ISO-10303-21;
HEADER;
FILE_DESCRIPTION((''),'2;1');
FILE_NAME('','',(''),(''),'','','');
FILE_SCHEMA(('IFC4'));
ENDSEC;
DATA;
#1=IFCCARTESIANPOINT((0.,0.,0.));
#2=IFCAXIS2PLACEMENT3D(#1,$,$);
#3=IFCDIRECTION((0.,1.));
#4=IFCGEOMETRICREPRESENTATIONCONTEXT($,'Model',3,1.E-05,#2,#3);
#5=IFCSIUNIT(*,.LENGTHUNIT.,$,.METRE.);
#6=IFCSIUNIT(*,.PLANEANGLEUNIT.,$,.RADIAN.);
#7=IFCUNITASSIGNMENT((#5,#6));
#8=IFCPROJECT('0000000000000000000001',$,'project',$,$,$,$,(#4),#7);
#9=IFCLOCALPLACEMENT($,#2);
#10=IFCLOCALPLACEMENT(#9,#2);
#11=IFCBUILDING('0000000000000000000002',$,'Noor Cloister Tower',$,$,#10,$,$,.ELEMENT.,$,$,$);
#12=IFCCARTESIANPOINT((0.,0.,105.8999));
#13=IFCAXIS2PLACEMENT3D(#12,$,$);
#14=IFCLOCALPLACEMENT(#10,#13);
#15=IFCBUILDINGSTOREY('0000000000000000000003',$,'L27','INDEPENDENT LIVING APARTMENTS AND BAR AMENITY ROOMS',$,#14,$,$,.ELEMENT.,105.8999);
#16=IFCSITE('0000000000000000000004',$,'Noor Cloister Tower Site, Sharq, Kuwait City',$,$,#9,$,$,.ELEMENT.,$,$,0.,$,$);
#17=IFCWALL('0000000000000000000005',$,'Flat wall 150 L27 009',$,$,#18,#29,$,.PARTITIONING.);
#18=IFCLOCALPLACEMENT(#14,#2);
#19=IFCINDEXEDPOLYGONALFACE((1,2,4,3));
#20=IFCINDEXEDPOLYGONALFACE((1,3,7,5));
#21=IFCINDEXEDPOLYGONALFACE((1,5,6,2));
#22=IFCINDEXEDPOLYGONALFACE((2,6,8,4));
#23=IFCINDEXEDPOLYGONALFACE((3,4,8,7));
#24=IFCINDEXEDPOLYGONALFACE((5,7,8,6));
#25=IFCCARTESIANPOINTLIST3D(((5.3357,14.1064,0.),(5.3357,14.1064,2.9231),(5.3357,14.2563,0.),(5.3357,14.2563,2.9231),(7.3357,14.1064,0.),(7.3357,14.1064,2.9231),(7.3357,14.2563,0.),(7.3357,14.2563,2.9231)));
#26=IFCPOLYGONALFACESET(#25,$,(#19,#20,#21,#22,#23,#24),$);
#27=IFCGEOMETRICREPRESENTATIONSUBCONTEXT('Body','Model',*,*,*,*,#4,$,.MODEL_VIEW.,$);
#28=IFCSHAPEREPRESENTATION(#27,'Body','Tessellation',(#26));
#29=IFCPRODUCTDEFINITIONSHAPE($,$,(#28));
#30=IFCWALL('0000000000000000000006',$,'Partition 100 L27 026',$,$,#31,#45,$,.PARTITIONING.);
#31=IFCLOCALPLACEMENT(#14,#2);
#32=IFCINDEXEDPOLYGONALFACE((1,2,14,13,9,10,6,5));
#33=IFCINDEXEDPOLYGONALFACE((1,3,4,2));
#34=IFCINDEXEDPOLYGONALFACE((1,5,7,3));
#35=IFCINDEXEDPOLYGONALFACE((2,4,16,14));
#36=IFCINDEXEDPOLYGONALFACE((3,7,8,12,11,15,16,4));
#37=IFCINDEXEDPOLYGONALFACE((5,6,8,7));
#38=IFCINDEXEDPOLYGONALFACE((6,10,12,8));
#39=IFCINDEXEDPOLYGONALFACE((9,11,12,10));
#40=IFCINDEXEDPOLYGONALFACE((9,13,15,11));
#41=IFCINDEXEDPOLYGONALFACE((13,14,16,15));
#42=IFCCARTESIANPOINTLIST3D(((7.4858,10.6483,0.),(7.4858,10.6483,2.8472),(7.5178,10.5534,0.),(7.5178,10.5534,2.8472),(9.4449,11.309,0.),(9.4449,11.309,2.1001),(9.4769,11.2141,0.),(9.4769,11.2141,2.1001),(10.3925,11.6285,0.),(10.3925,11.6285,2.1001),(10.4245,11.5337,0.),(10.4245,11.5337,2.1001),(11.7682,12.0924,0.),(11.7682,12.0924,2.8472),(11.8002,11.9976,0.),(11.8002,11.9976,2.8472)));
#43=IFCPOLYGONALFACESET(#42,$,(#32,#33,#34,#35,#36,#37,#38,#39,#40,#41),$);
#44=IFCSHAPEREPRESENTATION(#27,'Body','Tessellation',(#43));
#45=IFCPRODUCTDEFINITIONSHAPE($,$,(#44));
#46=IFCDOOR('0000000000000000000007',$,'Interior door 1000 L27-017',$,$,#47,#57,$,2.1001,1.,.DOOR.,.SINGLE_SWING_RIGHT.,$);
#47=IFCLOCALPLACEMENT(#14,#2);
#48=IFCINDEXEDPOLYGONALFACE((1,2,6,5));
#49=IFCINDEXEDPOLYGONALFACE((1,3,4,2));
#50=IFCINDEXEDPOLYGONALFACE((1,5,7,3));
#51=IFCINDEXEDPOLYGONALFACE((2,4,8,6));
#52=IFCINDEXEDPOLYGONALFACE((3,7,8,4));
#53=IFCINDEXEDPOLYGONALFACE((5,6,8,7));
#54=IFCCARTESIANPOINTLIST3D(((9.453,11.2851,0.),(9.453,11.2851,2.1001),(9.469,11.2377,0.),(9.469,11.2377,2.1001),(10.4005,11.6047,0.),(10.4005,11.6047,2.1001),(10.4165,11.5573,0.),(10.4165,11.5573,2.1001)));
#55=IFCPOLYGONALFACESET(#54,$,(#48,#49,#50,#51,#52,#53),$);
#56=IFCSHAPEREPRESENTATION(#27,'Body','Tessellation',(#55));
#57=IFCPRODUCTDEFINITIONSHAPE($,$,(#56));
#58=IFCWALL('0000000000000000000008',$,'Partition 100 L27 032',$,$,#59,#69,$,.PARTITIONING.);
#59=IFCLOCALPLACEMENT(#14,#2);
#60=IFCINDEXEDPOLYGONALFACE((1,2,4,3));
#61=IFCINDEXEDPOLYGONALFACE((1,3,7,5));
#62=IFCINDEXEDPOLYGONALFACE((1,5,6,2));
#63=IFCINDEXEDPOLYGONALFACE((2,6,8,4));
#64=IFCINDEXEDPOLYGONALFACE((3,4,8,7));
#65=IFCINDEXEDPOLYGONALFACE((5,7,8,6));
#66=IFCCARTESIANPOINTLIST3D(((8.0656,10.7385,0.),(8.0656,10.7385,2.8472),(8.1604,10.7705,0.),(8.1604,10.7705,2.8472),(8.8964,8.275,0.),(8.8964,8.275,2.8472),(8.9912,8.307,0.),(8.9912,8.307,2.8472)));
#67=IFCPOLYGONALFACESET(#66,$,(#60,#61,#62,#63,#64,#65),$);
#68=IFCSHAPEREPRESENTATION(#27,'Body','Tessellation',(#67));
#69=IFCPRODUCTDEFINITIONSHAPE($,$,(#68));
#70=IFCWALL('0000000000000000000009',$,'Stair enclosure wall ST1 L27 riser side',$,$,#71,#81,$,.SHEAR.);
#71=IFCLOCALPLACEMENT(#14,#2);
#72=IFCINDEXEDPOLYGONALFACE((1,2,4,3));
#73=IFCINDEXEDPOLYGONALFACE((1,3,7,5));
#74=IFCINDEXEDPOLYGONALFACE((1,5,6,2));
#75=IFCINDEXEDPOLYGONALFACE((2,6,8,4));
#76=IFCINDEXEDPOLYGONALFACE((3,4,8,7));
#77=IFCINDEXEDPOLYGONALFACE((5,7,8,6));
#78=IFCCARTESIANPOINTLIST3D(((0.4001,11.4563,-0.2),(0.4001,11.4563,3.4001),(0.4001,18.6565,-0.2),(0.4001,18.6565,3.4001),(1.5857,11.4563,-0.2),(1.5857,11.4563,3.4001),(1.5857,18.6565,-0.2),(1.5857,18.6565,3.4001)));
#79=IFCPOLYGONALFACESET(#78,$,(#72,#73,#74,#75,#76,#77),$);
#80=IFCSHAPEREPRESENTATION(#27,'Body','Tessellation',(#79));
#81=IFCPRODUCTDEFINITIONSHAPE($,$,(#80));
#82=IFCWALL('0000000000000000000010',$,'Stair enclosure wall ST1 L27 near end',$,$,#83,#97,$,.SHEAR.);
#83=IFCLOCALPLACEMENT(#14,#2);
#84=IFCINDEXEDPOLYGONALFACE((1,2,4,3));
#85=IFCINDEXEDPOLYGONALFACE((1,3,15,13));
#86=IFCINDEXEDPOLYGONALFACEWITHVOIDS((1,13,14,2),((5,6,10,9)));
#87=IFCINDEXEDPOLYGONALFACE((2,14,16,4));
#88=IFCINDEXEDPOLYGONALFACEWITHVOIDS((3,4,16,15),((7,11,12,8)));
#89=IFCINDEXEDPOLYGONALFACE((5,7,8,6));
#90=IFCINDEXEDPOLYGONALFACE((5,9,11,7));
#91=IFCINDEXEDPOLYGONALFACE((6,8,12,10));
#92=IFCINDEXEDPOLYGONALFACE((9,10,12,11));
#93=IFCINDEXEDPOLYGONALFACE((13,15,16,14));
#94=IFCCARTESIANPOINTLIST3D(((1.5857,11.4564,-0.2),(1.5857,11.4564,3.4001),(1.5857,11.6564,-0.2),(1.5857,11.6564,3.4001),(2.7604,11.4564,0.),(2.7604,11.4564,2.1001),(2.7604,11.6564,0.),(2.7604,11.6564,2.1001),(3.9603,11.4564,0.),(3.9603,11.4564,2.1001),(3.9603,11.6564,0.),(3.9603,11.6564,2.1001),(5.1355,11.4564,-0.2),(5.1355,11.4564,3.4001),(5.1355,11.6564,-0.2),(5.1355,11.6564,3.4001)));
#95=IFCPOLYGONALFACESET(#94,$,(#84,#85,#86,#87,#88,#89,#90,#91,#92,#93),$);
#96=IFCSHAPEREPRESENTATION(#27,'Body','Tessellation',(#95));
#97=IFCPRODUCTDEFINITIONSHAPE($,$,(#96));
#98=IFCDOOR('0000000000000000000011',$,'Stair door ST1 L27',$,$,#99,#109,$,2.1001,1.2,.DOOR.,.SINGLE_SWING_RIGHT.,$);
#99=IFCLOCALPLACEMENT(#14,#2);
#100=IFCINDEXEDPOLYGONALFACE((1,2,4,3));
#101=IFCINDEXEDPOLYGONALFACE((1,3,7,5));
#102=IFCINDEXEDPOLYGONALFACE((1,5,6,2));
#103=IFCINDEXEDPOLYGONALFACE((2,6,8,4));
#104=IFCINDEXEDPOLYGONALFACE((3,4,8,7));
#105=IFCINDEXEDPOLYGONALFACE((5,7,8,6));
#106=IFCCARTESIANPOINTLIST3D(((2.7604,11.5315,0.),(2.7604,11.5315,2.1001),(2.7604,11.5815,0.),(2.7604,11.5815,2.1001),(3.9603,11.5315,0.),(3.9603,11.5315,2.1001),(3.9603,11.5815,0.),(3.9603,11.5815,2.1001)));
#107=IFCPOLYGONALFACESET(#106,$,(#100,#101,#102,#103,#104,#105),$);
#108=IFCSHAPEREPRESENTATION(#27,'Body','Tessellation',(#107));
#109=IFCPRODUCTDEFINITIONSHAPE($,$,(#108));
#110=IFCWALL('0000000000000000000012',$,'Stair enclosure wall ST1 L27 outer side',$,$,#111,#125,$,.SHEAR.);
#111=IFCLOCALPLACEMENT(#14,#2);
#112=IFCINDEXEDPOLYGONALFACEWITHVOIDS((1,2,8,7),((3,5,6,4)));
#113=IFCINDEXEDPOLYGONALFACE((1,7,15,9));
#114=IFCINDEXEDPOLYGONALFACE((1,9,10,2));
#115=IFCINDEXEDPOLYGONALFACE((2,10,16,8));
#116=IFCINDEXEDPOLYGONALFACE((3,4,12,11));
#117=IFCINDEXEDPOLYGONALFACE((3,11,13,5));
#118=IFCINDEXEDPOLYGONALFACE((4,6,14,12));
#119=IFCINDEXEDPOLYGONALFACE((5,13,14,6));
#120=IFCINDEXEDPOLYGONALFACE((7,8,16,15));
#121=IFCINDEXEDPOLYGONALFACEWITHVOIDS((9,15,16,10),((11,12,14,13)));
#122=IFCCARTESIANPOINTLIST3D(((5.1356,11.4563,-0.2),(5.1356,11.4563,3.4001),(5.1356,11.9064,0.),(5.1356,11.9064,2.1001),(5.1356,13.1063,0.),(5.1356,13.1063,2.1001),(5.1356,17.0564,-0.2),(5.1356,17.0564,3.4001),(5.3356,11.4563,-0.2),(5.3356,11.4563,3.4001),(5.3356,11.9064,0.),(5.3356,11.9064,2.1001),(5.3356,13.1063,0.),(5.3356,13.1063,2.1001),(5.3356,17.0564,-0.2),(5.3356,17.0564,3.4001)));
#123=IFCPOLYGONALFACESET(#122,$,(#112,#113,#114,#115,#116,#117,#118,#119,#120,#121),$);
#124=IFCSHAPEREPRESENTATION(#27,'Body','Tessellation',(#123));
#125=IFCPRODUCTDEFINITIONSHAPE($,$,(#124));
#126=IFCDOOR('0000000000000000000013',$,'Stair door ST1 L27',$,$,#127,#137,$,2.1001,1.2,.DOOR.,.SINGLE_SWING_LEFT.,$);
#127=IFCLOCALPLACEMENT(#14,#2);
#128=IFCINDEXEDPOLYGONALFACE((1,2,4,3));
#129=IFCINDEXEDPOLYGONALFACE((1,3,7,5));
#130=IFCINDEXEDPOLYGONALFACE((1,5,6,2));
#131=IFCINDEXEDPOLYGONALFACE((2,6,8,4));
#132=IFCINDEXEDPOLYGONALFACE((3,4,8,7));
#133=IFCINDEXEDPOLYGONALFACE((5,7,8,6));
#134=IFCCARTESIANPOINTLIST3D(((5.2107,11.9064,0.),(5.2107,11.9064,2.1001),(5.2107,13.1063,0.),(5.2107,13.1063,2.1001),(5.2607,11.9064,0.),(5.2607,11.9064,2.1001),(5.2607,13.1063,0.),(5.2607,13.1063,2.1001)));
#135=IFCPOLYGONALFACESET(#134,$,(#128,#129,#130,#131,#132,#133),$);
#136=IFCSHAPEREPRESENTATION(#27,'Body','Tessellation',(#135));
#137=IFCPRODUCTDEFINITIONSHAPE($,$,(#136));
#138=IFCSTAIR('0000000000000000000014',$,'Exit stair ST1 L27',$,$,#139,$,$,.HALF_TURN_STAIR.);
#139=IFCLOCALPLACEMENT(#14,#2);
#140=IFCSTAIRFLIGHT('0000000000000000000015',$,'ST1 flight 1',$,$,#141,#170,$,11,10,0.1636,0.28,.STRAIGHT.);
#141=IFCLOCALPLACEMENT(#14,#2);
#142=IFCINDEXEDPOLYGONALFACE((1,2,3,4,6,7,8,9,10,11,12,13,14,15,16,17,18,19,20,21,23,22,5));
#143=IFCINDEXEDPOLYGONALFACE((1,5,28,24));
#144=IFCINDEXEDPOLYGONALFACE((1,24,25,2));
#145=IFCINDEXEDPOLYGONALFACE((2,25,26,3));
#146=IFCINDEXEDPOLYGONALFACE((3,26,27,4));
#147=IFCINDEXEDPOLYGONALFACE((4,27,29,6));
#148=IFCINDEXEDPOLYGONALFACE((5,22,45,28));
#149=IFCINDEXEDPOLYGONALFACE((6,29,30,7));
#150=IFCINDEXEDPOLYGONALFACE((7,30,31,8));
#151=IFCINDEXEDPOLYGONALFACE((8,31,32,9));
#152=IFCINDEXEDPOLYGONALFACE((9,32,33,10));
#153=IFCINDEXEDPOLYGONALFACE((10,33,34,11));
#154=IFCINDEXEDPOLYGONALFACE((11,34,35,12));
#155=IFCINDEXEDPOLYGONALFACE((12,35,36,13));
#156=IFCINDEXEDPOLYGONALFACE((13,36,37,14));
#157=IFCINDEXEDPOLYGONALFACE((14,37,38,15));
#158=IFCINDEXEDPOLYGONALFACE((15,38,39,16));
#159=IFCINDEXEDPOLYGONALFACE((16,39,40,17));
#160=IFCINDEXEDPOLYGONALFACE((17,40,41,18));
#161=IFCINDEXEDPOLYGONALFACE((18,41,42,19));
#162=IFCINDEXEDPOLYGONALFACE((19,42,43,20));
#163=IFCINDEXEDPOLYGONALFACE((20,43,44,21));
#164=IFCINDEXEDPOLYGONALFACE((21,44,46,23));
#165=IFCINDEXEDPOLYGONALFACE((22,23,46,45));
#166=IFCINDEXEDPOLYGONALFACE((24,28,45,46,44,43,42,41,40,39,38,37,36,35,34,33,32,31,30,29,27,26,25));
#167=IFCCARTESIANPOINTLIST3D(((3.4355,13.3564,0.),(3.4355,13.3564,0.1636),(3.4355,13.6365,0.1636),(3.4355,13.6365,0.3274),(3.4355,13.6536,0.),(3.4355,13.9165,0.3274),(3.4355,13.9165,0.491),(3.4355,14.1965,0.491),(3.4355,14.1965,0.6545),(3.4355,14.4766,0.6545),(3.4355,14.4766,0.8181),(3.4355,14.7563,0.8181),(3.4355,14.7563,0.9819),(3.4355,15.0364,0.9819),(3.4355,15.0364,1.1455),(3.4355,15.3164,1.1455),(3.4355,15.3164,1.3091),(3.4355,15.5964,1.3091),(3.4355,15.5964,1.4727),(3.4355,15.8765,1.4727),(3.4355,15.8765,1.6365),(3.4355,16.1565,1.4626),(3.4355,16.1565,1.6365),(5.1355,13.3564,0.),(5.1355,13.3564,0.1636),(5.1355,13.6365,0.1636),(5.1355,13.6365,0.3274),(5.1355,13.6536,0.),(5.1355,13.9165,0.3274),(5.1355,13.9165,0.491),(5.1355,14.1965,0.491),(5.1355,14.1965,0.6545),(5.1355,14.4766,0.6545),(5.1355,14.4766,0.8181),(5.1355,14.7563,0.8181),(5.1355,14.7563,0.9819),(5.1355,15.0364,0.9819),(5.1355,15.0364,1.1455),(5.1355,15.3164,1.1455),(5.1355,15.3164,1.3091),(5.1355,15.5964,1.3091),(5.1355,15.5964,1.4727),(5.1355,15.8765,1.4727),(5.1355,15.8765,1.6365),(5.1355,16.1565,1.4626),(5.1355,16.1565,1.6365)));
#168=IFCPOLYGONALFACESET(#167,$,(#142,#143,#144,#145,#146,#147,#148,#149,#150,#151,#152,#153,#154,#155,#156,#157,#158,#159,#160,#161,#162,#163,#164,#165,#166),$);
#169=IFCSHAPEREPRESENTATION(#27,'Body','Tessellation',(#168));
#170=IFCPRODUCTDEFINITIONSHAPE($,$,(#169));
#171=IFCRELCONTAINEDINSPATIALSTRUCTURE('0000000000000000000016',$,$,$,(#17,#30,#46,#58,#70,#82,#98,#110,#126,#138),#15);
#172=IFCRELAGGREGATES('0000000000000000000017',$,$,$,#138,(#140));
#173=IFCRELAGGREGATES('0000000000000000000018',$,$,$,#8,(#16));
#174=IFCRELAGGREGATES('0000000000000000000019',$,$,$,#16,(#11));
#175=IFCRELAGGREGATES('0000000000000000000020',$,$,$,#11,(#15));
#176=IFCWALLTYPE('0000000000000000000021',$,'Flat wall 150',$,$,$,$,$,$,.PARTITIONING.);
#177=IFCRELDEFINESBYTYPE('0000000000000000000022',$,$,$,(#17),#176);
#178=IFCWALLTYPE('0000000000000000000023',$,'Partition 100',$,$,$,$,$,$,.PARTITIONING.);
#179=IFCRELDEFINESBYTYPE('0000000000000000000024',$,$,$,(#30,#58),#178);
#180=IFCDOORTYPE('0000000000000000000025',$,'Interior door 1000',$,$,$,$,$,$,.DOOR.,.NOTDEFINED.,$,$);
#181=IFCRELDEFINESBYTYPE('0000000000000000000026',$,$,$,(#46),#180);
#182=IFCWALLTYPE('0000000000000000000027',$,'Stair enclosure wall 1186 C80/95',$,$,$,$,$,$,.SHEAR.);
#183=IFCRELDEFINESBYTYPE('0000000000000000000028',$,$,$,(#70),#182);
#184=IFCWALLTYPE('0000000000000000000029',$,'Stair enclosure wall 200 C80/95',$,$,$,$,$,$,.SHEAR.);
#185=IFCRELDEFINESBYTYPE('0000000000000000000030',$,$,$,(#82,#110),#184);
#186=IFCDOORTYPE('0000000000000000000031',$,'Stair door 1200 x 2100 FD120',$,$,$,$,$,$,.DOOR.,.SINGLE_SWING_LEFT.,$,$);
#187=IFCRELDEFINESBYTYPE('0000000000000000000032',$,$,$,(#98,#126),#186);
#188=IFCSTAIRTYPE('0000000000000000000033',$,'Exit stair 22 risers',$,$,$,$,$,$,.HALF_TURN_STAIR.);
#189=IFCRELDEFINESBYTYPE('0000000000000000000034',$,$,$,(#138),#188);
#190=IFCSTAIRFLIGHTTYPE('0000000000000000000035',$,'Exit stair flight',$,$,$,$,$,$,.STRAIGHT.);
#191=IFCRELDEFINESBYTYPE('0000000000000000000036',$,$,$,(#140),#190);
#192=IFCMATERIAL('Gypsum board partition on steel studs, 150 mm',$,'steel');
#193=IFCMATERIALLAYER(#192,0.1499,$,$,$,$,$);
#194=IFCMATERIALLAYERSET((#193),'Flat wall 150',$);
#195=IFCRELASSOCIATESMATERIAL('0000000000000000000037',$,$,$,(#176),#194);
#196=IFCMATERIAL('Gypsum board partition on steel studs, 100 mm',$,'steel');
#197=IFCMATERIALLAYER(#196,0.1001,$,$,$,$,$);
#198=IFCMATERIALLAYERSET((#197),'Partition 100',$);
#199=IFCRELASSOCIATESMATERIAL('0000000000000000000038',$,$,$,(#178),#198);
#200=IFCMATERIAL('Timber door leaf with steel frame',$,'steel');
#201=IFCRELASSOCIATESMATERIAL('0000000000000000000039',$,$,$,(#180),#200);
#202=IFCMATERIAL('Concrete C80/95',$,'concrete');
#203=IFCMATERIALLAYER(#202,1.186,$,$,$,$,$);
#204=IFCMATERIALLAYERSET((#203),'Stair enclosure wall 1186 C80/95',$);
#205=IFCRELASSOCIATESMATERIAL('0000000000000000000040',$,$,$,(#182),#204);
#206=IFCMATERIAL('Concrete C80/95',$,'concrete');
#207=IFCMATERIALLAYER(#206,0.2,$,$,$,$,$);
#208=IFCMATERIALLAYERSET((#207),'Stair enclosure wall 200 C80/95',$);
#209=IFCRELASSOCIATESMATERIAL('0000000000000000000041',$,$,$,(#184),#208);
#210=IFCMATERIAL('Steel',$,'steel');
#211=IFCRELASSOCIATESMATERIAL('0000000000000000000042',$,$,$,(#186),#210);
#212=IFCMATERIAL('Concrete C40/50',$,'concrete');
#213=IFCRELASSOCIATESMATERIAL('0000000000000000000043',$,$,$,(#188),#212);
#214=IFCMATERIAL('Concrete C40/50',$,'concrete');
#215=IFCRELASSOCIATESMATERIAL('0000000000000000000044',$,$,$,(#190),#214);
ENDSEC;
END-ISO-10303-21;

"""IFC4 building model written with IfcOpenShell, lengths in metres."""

from ifc_helpers import new_model, si_unit, direction, frame, frame_2d, origin, place, context, subcontext, project, spatial, polyline, rectangle, outline, extrude, material, layer, layer_set, type_object, element, fill, aggregate, save


model = new_model("IFC4")

# Units and contexts
model_context = context("Model", 3, precision=1e-05, world=origin(), true_north=direction((0.0, 1.0)))
body_context = subcontext(model_context, "Body", "Model", "MODEL_VIEW")
ifc_project = project(units=[si_unit("LENGTHUNIT", "METRE"), si_unit("PLANEANGLEUNIT", "RADIAN")], contexts=[model_context])

# Site, building, storey
site_placement = place(None, origin())
site = spatial("IfcSite", under=ifc_project, at=site_placement, Name="Noor Cloister Tower Site, Sharq, Kuwait City", CompositionType="ELEMENT", RefElevation=0.0)
building_placement = place(site_placement, origin())
building = spatial("IfcBuilding", under=site, at=building_placement, Name="Noor Cloister Tower", CompositionType="ELEMENT")
storey_placement = place(building_placement, frame((0.0, 0.0, 105.8999)))
storey = spatial("IfcBuildingStorey", under=building, at=storey_placement, Name="L27", Description="INDEPENDENT LIVING APARTMENTS AND BAR AMENITY ROOMS", CompositionType="ELEMENT", Elevation=105.8999)

# Wall
ifc_material_1 = material(Name="Gypsum board partition on steel studs, 150 mm", Category="steel")
ifc_layer_1 = layer(ifc_material_1, 0.1499)
ifc_layer_set_1 = layer_set([ifc_layer_1], Name="Flat wall 150")
wall_type_1 = type_object("IfcWallType", Name="Flat wall 150", PredefinedType="PARTITIONING", material=ifc_layer_set_1)
wall_1_placement = place(storey_placement, frame((5.3357, 14.1814, 0.0), z_axis=(0.0, 0.0, 1.0), x_axis=(1.0, 0.0, 0.0)))
element("IfcWall", 1, at=wall_1_placement, inside=storey, type_object=wall_type_1, Name="Flat wall 150 L27 009", PredefinedType="PARTITIONING", context=body_context, shape_type="SweptSolid", body=[
    extrude(rectangle(XDim=2.0, YDim=0.1499, at=frame_2d((1.0, 0.0))), origin(), (0.0, 0.0, 1.0), 2.9231),
])

# Wall, opening, door
ifc_material_2 = material(Name="Gypsum board partition on steel studs, 100 mm", Category="steel")
ifc_layer_2 = layer(ifc_material_2, 0.1001)
ifc_layer_set_2 = layer_set([ifc_layer_2], Name="Partition 100")
wall_type_2 = type_object("IfcWallType", Name="Partition 100", PredefinedType="PARTITIONING", material=ifc_layer_set_2)
wall_2_placement = place(storey_placement, frame((7.5017, 10.6008, 0.0), z_axis=(0.0, 0.0, 1.0), x_axis=(0.94757, 0.319548, 0.0)))
wall_2 = element("IfcWall", 2, at=wall_2_placement, inside=storey, type_object=wall_type_2, Name="Partition 100 L27 026", PredefinedType="PARTITIONING", context=body_context, shape_type="SweptSolid", body=[
    extrude(rectangle(XDim=4.5193, YDim=0.1001, at=frame_2d((2.2598, 0.0))), origin(), (0.0, 0.0, 1.0), 2.8472),
])
opening_1_placement = place(wall_2_placement, frame((2.0676, 0.0, 0.0)))
opening_1 = element("IfcOpeningElement", 3, at=opening_1_placement, cuts=wall_2, PredefinedType="OPENING", context=body_context, shape_type="SweptSolid", body=[
    extrude(rectangle(XDim=1.0, YDim=2.1001, at=frame_2d((0.5, 1.05))), frame((0.0, 0.0601, 0.0), z_axis=(0.0, -1.0, 0.0), x_axis=(1.0, 0.0, 0.0)), (0.0, 0.0, 1.0), 0.1201),
])
ifc_material_3 = material(Name="Timber door leaf with steel frame", Category="steel")
door_type_1 = type_object("IfcDoorType", Name="Interior door 1000", OperationType="NOTDEFINED", PredefinedType="DOOR", material=ifc_material_3)
door_1_placement = place(opening_1_placement, origin())
door_1 = element("IfcDoor", 4, at=door_1_placement, inside=storey, type_object=door_type_1, Name="Interior door 1000 L27-017", OperationType="SINGLE_SWING_RIGHT", OverallHeight=2.1001, OverallWidth=1.0, PredefinedType="DOOR", context=body_context, shape_type="SweptSolid", body=[
    extrude(rectangle(XDim=1.0, YDim=2.1001, at=frame_2d((0.5, 1.05))), frame((0.0, 0.0249, 0.0), z_axis=(0.0, -1.0, 0.0), x_axis=(1.0, 0.0, 0.0)), (0.0, 0.0, 1.0), 0.05),
])
fill(opening_1, door_1)

# Walls
wall_3_placement = place(storey_placement, frame((8.113, 10.7544, 0.0), z_axis=(0.0, 0.0, 1.0), x_axis=(0.31955, -0.947569, 0.0)))
element("IfcWall", 5, at=wall_3_placement, inside=storey, type_object=wall_type_2, Name="Partition 100 L27 032", PredefinedType="PARTITIONING", context=body_context, shape_type="SweptSolid", body=[
    extrude(rectangle(XDim=2.5999, YDim=0.1001, at=frame_2d((1.2998, 0.0))), origin(), (0.0, 0.0, 1.0), 2.8472),
])
ifc_material_4 = material(Name="Concrete C80/95", Category="concrete")
ifc_layer_3 = layer(ifc_material_4, 1.186)
ifc_layer_set_3 = layer_set([ifc_layer_3], Name="Stair enclosure wall 1186 C80/95")
wall_type_3 = type_object("IfcWallType", Name="Stair enclosure wall 1186 C80/95", PredefinedType="SHEAR", material=ifc_layer_set_3)
wall_4_placement = place(storey_placement, frame((0.9929, 11.4563, -0.2), z_axis=(0.0, 0.0, 1.0), x_axis=(0.0, 1.0, 0.0)))
element("IfcWall", 6, at=wall_4_placement, inside=storey, type_object=wall_type_3, Name="Stair enclosure wall ST1 L27 riser side", PredefinedType="SHEAR", context=body_context, shape_type="SweptSolid", body=[
    extrude(rectangle(XDim=7.2002, YDim=1.1855, at=frame_2d((3.6001, 0.0))), origin(), (0.0, 0.0, 1.0), 3.6001),
])

# Walls, openings, doors
ifc_material_5 = material(Name="Concrete C80/95", Category="concrete")
ifc_layer_4 = layer(ifc_material_5, 0.2)
ifc_layer_set_4 = layer_set([ifc_layer_4], Name="Stair enclosure wall 200 C80/95")
wall_type_4 = type_object("IfcWallType", Name="Stair enclosure wall 200 C80/95", PredefinedType="SHEAR", material=ifc_layer_set_4)
wall_5_placement = place(storey_placement, frame((5.1355, 11.5564, -0.2), z_axis=(0.0, 0.0, 1.0), x_axis=(-1.0, 0.0, 0.0)))
wall_5 = element("IfcWall", 7, at=wall_5_placement, inside=storey, type_object=wall_type_4, Name="Stair enclosure wall ST1 L27 near end", PredefinedType="SHEAR", context=body_context, shape_type="SweptSolid", body=[
    extrude(rectangle(XDim=3.5498, YDim=0.2, at=frame_2d((1.7749, 0.0))), origin(), (0.0, 0.0, 1.0), 3.6001),
])
opening_2_placement = place(wall_5_placement, frame((1.175, 0.0, 0.2)))
opening_2 = element("IfcOpeningElement", 8, at=opening_2_placement, cuts=wall_5, PredefinedType="OPENING", context=body_context, shape_type="SweptSolid", body=[
    extrude(rectangle(XDim=1.2, YDim=2.1001, at=frame_2d((0.6001, 1.05))), frame((0.0, 0.1099, 0.0), z_axis=(0.0, -1.0, 0.0), x_axis=(1.0, 0.0, 0.0)), (0.0, 0.0, 1.0), 0.22),
])
ifc_material_6 = material(Name="Steel", Category="steel")
door_type_2 = type_object("IfcDoorType", Name="Stair door 1200 x 2100 FD120", OperationType="SINGLE_SWING_LEFT", PredefinedType="DOOR", material=ifc_material_6)
door_2_placement = place(opening_2_placement, origin())
door_2 = element("IfcDoor", 9, at=door_2_placement, inside=storey, type_object=door_type_2, Name="Stair door ST1 L27", OperationType="SINGLE_SWING_RIGHT", OverallHeight=2.1001, OverallWidth=1.2, PredefinedType="DOOR", context=body_context, shape_type="SweptSolid", body=[
    extrude(rectangle(XDim=1.2, YDim=2.1001, at=frame_2d((0.6001, 1.05))), frame((0.0, 0.0249, 0.0), z_axis=(0.0, -1.0, 0.0), x_axis=(1.0, 0.0, 0.0)), (0.0, 0.0, 1.0), 0.05),
])
fill(opening_2, door_2)
wall_6_placement = place(storey_placement, frame((5.2356, 11.4563, -0.2), z_axis=(0.0, 0.0, 1.0), x_axis=(0.0, 1.0, 0.0)))
wall_6 = element("IfcWall", 10, at=wall_6_placement, inside=storey, type_object=wall_type_4, Name="Stair enclosure wall ST1 L27 outer side", PredefinedType="SHEAR", context=body_context, shape_type="SweptSolid", body=[
    extrude(rectangle(XDim=5.6001, YDim=0.2, at=frame_2d((2.8, 0.0))), origin(), (0.0, 0.0, 1.0), 3.6001),
])
opening_3_placement = place(wall_6_placement, frame((0.45, 0.0, 0.2)))
opening_3 = element("IfcOpeningElement", 11, at=opening_3_placement, cuts=wall_6, PredefinedType="OPENING", context=body_context, shape_type="SweptSolid", body=[
    extrude(rectangle(XDim=1.2, YDim=2.1001, at=frame_2d((0.6001, 1.05))), frame((0.0, 0.1099, 0.0), z_axis=(0.0, -1.0, 0.0), x_axis=(1.0, 0.0, 0.0)), (0.0, 0.0, 1.0), 0.22),
])
door_3_placement = place(opening_3_placement, origin())
door_3 = element("IfcDoor", 12, at=door_3_placement, inside=storey, type_object=door_type_2, Name="Stair door ST1 L27", OperationType="SINGLE_SWING_LEFT", OverallHeight=2.1001, OverallWidth=1.2, PredefinedType="DOOR", context=body_context, shape_type="SweptSolid", body=[
    extrude(rectangle(XDim=1.2, YDim=2.1001, at=frame_2d((0.6001, 1.05))), frame((0.0, 0.0249, 0.0), z_axis=(0.0, -1.0, 0.0), x_axis=(1.0, 0.0, 0.0)), (0.0, 0.0, 1.0), 0.05),
])
fill(opening_3, door_3)

# Stair, stair flight
ifc_material_7 = material(Name="Concrete C40/50", Category="concrete")
stair_type = type_object("IfcStairType", Name="Exit stair 22 risers", PredefinedType="HALF_TURN_STAIR", material=ifc_material_7)
stair_placement = place(storey_placement, origin())
stair = element("IfcStair", 13, at=stair_placement, inside=storey, type_object=stair_type, Name="Exit stair ST1 L27", PredefinedType="HALF_TURN_STAIR")
ifc_material_8 = material(Name="Concrete C40/50", Category="concrete")
stair_flight_type = type_object("IfcStairFlightType", Name="Exit stair flight", PredefinedType="STRAIGHT", material=ifc_material_8)
stair_flight_placement = place(storey_placement, frame((4.2856, 13.3564, 0.0), z_axis=(0.0, 0.0, 1.0), x_axis=(0.0, 1.0, 0.0)))
stair_flight = element("IfcStairFlight", 14, at=stair_flight_placement, type_object=stair_flight_type, Name="ST1 flight 1", NumberOfRisers=11, NumberOfTreads=10, PredefinedType="STRAIGHT", RiserHeight=0.1636, TreadLength=0.28, context=body_context, shape_type="SweptSolid", body=[
    extrude(outline(polyline([(0.0, 0.0), (0.0, 0.1636), (0.28, 0.1636), (0.28, 0.3274), (0.5601, 0.3274), (0.5601, 0.491), (0.8401, 0.491), (0.8401, 0.6545), (1.1201, 0.6545), (1.1201, 0.8181), (1.3999, 0.8181), (1.3999, 0.9819), (1.6799, 0.9819), (1.6799, 1.1455), (1.96, 1.1455), (1.96, 1.3091), (2.24, 1.3091), (2.24, 1.4727), (2.52, 1.4727), (2.52, 1.6365), (2.8, 1.6365), (2.8, 1.8), (2.8, 1.4626), (0.2971, 0.0), (0.0, 0.0)])), frame((0.0, 0.8501, 0.0), z_axis=(0.0, -1.0, 0.0), x_axis=(1.0, 0.0, 0.0)), (0.0, 0.0, 1.0), 1.7),
])
aggregate(stair, [stair_flight])

save(model, "model.ifc")
